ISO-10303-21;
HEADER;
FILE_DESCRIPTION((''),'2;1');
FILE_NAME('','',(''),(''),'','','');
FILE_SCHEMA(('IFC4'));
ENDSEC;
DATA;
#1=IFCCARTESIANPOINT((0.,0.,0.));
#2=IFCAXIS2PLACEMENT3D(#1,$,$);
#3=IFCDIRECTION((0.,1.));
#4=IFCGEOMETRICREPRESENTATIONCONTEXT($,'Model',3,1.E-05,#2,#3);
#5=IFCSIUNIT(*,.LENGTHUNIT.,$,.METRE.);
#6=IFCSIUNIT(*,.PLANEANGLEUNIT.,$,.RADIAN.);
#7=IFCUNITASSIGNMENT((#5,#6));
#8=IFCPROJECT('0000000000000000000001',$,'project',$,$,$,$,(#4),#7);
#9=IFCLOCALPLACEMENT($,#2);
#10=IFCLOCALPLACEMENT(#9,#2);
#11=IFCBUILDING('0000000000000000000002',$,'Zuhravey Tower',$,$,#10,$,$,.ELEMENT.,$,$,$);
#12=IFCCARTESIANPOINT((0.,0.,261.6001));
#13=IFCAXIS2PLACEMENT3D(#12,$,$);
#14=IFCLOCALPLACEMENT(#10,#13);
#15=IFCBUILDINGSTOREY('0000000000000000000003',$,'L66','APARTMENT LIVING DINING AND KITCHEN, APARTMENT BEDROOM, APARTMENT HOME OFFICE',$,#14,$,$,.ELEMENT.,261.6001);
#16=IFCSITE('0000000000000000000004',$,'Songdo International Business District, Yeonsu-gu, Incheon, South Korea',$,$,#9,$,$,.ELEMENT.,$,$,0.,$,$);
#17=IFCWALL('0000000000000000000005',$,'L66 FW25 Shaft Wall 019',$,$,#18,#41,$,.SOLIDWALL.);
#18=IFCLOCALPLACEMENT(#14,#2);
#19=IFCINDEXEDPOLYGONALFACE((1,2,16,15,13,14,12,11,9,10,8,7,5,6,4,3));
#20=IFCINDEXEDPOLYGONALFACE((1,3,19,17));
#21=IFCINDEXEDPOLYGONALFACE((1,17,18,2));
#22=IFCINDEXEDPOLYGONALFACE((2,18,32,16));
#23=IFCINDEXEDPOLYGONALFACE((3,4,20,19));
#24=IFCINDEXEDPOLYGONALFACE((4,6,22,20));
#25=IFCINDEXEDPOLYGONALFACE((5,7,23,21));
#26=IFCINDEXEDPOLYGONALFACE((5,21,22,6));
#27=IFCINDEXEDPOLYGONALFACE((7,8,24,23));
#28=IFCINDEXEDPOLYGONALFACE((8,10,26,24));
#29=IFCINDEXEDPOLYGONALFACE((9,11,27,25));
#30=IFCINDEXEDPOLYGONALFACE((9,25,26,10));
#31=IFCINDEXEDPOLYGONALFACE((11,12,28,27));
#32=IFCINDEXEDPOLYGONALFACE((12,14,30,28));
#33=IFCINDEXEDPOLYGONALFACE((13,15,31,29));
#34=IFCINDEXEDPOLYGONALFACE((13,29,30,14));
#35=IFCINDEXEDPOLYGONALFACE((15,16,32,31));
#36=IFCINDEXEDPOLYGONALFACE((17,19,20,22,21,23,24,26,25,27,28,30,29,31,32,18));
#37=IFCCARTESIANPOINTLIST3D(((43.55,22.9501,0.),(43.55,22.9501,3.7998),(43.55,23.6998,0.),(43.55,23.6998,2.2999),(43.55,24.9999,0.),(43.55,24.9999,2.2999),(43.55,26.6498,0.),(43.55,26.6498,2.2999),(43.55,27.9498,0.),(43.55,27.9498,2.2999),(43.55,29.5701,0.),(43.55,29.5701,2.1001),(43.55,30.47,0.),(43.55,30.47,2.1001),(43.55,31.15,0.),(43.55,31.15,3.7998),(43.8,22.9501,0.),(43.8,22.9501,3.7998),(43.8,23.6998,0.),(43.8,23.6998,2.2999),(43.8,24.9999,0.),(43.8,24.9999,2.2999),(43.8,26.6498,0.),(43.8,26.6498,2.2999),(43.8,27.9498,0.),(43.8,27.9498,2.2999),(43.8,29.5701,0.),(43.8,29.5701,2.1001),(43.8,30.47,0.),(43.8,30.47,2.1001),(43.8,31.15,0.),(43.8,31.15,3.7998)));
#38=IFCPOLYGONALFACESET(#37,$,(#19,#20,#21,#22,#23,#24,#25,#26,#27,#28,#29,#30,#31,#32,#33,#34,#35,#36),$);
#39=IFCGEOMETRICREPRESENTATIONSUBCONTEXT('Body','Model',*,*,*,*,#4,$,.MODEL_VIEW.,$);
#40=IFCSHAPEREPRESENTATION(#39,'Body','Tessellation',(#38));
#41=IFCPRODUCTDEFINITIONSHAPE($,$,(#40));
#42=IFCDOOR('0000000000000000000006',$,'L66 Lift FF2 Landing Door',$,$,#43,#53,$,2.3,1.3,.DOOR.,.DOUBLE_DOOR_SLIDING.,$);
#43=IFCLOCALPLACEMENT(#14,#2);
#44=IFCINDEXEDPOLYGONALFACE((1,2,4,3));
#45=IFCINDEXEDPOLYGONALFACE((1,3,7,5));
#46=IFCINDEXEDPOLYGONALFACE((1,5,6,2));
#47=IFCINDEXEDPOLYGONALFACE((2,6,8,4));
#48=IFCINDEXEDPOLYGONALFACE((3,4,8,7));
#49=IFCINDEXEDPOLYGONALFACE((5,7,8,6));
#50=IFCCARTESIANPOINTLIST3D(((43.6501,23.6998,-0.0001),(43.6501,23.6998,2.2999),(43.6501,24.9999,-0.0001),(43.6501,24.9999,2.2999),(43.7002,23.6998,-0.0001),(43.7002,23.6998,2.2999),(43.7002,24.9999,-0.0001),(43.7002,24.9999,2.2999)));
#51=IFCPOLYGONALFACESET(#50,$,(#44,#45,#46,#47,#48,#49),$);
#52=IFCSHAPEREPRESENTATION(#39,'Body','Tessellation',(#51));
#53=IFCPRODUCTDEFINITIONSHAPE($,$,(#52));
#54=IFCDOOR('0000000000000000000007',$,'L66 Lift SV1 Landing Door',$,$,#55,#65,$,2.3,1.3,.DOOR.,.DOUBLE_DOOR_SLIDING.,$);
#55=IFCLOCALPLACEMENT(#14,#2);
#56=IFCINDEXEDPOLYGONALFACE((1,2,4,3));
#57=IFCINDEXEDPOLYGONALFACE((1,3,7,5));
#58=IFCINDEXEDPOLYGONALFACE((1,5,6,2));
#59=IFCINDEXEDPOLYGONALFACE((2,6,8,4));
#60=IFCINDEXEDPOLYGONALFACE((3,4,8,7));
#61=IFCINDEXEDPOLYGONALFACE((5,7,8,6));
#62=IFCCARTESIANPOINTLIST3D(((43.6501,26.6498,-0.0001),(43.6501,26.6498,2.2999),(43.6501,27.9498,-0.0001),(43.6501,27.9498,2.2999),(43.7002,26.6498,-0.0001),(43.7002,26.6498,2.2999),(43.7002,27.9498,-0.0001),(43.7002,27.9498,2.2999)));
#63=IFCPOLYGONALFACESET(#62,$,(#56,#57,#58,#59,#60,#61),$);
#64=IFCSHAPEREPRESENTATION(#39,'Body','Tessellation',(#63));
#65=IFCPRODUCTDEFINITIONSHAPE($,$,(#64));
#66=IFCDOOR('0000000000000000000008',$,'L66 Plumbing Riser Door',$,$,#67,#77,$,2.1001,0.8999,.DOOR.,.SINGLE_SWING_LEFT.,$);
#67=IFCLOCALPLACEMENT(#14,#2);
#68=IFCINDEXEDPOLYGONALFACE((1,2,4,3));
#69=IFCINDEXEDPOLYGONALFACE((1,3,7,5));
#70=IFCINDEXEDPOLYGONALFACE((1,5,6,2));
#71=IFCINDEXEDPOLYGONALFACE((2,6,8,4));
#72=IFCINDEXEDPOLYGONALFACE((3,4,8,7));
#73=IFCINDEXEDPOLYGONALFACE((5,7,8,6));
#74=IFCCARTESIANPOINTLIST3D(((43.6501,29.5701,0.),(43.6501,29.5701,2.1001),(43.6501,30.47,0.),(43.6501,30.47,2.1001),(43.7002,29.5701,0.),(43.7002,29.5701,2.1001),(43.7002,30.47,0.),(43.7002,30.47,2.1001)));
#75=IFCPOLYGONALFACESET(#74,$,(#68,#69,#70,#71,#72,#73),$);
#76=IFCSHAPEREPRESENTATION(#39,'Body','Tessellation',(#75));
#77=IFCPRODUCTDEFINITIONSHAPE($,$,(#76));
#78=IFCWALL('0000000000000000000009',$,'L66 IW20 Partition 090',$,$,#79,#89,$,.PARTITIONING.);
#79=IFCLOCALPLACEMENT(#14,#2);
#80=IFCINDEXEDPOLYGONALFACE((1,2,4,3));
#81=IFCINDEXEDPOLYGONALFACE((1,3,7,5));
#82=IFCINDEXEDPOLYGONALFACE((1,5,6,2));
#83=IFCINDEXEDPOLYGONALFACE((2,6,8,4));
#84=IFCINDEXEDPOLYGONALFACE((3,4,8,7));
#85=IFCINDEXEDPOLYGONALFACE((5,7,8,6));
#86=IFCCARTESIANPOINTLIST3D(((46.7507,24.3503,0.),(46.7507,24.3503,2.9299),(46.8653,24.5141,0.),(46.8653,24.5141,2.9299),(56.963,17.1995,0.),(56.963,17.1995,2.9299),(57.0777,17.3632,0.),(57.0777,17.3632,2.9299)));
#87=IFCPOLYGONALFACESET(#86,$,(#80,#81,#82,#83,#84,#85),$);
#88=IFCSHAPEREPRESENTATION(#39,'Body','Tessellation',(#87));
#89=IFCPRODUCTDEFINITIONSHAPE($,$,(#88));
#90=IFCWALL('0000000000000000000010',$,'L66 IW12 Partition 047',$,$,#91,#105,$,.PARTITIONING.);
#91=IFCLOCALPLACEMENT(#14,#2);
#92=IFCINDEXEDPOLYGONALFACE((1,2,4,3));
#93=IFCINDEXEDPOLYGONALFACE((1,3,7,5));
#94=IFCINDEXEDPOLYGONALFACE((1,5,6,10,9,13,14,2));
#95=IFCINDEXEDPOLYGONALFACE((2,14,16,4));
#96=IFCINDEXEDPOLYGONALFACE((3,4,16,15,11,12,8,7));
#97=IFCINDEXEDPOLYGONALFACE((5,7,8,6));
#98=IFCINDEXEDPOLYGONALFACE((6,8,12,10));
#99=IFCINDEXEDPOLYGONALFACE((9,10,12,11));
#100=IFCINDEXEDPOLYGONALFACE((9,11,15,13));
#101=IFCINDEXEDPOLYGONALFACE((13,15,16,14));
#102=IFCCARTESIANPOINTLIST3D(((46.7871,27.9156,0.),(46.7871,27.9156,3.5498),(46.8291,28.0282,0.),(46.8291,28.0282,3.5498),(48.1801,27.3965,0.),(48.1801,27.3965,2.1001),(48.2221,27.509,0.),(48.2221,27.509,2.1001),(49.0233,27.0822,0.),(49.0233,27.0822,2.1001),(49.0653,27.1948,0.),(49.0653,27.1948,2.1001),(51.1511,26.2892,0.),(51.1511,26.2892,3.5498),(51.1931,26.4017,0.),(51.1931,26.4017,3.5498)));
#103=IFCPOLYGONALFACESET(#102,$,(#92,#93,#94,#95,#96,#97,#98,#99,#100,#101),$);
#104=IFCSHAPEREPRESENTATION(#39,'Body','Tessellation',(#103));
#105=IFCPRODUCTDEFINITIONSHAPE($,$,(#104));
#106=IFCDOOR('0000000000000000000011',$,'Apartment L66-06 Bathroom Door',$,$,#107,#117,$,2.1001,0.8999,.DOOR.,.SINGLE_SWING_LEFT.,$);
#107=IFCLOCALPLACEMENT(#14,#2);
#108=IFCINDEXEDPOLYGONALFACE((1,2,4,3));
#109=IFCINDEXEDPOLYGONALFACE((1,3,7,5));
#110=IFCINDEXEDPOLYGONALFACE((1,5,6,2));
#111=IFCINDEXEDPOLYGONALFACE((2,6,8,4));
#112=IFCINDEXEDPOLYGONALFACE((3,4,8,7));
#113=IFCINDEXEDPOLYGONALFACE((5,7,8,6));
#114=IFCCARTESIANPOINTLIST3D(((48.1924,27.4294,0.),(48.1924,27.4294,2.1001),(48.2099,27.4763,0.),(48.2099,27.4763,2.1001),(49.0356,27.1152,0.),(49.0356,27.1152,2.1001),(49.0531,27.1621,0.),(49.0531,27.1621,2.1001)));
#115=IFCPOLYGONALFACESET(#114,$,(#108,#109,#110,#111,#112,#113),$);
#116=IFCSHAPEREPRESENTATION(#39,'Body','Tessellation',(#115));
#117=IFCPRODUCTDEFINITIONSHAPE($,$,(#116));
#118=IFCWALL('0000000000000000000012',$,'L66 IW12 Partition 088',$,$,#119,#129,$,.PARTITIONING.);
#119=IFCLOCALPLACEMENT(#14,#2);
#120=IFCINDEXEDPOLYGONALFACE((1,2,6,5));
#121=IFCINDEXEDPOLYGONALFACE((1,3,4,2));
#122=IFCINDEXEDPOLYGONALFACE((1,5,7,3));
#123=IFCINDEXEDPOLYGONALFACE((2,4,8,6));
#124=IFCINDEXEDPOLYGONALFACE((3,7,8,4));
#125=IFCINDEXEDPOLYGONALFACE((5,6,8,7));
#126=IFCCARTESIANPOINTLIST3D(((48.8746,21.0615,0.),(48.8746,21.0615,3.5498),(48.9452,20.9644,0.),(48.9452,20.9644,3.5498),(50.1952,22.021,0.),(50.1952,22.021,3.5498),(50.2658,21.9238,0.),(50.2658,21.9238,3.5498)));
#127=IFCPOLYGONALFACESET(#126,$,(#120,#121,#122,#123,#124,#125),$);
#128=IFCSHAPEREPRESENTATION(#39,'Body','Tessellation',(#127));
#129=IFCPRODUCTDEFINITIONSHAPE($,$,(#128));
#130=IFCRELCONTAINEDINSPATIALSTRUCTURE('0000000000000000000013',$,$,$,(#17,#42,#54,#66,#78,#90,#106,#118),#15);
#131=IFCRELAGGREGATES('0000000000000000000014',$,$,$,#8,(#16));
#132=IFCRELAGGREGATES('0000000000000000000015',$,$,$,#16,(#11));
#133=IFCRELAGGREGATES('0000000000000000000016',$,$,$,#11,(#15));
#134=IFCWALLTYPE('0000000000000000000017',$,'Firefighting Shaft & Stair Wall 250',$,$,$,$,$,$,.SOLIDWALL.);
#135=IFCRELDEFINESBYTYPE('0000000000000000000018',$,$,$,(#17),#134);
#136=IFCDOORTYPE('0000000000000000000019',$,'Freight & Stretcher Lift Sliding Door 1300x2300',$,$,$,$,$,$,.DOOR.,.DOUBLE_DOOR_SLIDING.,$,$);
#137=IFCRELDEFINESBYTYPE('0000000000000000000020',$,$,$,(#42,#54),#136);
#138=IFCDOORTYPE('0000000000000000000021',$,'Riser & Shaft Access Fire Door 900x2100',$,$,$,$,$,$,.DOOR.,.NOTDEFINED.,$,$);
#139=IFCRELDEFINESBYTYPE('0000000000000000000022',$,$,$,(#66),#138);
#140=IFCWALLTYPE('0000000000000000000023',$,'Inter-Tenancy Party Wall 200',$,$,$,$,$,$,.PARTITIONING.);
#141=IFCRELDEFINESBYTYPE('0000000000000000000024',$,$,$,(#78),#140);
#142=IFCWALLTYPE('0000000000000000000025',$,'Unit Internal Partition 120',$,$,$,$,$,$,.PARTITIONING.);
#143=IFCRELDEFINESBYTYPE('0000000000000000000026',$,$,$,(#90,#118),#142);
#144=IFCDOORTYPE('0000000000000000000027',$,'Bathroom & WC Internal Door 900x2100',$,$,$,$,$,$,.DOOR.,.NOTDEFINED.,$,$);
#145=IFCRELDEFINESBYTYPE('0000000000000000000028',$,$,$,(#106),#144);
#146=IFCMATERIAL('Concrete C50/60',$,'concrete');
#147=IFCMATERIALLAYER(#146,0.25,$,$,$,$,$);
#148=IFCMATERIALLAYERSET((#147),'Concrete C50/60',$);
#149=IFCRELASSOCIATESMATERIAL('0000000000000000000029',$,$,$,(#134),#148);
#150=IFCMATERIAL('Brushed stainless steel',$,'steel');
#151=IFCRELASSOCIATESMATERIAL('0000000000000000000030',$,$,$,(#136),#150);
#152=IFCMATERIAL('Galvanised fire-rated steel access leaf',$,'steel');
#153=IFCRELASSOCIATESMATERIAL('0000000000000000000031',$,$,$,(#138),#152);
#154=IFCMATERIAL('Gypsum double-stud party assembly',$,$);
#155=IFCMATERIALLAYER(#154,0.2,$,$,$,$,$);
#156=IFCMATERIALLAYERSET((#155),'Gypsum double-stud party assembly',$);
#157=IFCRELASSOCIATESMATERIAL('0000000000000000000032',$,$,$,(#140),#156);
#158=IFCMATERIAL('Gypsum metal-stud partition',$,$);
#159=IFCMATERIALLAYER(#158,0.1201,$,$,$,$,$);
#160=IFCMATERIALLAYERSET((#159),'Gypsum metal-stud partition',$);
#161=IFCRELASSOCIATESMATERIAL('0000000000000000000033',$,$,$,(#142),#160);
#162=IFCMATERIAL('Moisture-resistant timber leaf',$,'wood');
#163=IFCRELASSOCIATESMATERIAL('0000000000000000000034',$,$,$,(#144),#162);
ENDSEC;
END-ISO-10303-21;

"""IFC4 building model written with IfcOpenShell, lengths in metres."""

from ifc_helpers import new_model, si_unit, direction, frame, frame_2d, origin, place, context, subcontext, project, spatial, rectangle, extrude, material, layer, layer_set, type_object, element, fill, save


model = new_model("IFC4")

# Units and contexts
model_context = context("Model", 3, precision=1e-05, world=origin(), true_north=direction((0.0, 1.0)))
body_context = subcontext(model_context, "Body", "Model", "MODEL_VIEW")
ifc_project = project(units=[si_unit("LENGTHUNIT", "METRE"), si_unit("PLANEANGLEUNIT", "RADIAN")], contexts=[model_context])

# Site, building, storey
site_placement = place(None, origin())
site = spatial("IfcSite", under=ifc_project, at=site_placement, Name="Songdo International Business District, Yeonsu-gu, Incheon, South Korea", CompositionType="ELEMENT", RefElevation=0.0)
building_placement = place(site_placement, origin())
building = spatial("IfcBuilding", under=site, at=building_placement, Name="Zuhravey Tower", CompositionType="ELEMENT")
storey_placement = place(building_placement, frame((0.0, 0.0, 261.6001)))
storey = spatial("IfcBuildingStorey", under=building, at=storey_placement, Name="L66", Description="APARTMENT LIVING DINING AND KITCHEN, APARTMENT BEDROOM, APARTMENT HOME OFFICE", CompositionType="ELEMENT", Elevation=261.6001)

# Shared definitions
ifc_material_1 = material(Name="Concrete C50/60", Category="concrete")

# Shared definitions
ifc_layer_1 = layer(ifc_material_1, 0.25)
ifc_layer_set_1 = layer_set([ifc_layer_1], Name="Concrete C50/60")
wall_type_1 = type_object("IfcWallType", Name="Firefighting Shaft & Stair Wall 250", PredefinedType="SOLIDWALL", material=ifc_layer_set_1)

# Wall, openings, doors
wall_1_placement = place(storey_placement, frame((43.675, 22.95, 0.0), z_axis=(0.0, 0.0, 1.0), x_axis=(0.0, 1.0, 0.0)))
wall_1 = element("IfcWall", 1, at=wall_1_placement, inside=storey, type_object=wall_type_1, Name="L66 FW25 Shaft Wall 019", PredefinedType="SOLIDWALL", context=body_context, shape_type="SweptSolid", body=[
    extrude(rectangle(XDim=8.2, YDim=0.25, at=frame_2d((4.1001, 0.0))), origin(), (0.0, 0.0, 1.0), 3.7998),
])
opening_1_placement = place(wall_1_placement, frame((0.75, 0.0, 0.0)))
opening_1 = element("IfcOpeningElement", 2, at=opening_1_placement, cuts=wall_1, PredefinedType="OPENING", context=body_context, shape_type="SweptSolid", body=[
    extrude(rectangle(XDim=1.3, YDim=2.3, at=frame_2d((0.6499, 1.1499))), frame((0.0, 0.137, 0.0), z_axis=(0.0, -1.0, 0.0), x_axis=(1.0, 0.0, 0.0)), (0.0, 0.0, 1.0), 0.2739),
])
opening_2_placement = place(wall_1_placement, frame((3.7, 0.0, 0.0)))
opening_2 = element("IfcOpeningElement", 3, at=opening_2_placement, cuts=wall_1, PredefinedType="OPENING", context=body_context, shape_type="SweptSolid", body=[
    extrude(rectangle(XDim=1.3, YDim=2.3, at=frame_2d((0.6499, 1.1499))), frame((0.0, 0.137, 0.0), z_axis=(0.0, -1.0, 0.0), x_axis=(1.0, 0.0, 0.0)), (0.0, 0.0, 1.0), 0.2739),
])
opening_3_placement = place(wall_1_placement, frame((6.6201, 0.0, 0.0)))
opening_3 = element("IfcOpeningElement", 4, at=opening_3_placement, cuts=wall_1, PredefinedType="OPENING", context=body_context, shape_type="SweptSolid", body=[
    extrude(rectangle(XDim=0.8999, YDim=2.1001, at=frame_2d((0.45, 1.05))), frame((0.0, 0.137, 0.0), z_axis=(0.0, -1.0, 0.0), x_axis=(1.0, 0.0, 0.0)), (0.0, 0.0, 1.0), 0.2739),
])
ifc_material_2 = material(Name="Brushed stainless steel", Category="steel")
door_type_1 = type_object("IfcDoorType", Name="Freight & Stretcher Lift Sliding Door 1300x2300", OperationType="DOUBLE_DOOR_SLIDING", PredefinedType="DOOR", material=ifc_material_2)
door_1_placement = place(opening_1_placement, origin())
door_1 = element("IfcDoor", 5, at=door_1_placement, inside=storey, type_object=door_type_1, Name="L66 Lift FF2 Landing Door", OperationType="DOUBLE_DOOR_SLIDING", OverallHeight=2.3, OverallWidth=1.3, PredefinedType="DOOR", context=body_context, shape_type="SweptSolid", body=[
    extrude(rectangle(XDim=1.3, YDim=2.3, at=frame_2d((0.6499, 1.1499))), frame((0.0, 0.0249, 0.0), z_axis=(0.0, -1.0, 0.0), x_axis=(1.0, 0.0, 0.0)), (0.0, 0.0, 1.0), 0.05),
])
fill(opening_1, door_1)
door_2_placement = place(opening_2_placement, origin())
door_2 = element("IfcDoor", 6, at=door_2_placement, inside=storey, type_object=door_type_1, Name="L66 Lift SV1 Landing Door", OperationType="DOUBLE_DOOR_SLIDING", OverallHeight=2.3, OverallWidth=1.3, PredefinedType="DOOR", context=body_context, shape_type="SweptSolid", body=[
    extrude(rectangle(XDim=1.3, YDim=2.3, at=frame_2d((0.6499, 1.1499))), frame((0.0, 0.0249, 0.0), z_axis=(0.0, -1.0, 0.0), x_axis=(1.0, 0.0, 0.0)), (0.0, 0.0, 1.0), 0.05),
])
fill(opening_2, door_2)
ifc_material_3 = material(Name="Galvanised fire-rated steel access leaf", Category="steel")
door_type_2 = type_object("IfcDoorType", Name="Riser & Shaft Access Fire Door 900x2100", OperationType="NOTDEFINED", PredefinedType="DOOR", material=ifc_material_3)
door_3_placement = place(opening_3_placement, origin())
door_3 = element("IfcDoor", 7, at=door_3_placement, inside=storey, type_object=door_type_2, Name="L66 Plumbing Riser Door", OperationType="SINGLE_SWING_LEFT", OverallHeight=2.1001, OverallWidth=0.8999, PredefinedType="DOOR", context=body_context, shape_type="SweptSolid", body=[
    extrude(rectangle(XDim=0.8999, YDim=2.1001, at=frame_2d((0.45, 1.05))), frame((0.0, 0.0249, 0.0), z_axis=(0.0, -1.0, 0.0), x_axis=(1.0, 0.0, 0.0)), (0.0, 0.0, 1.0), 0.05),
])
fill(opening_3, door_3)

# Wall
ifc_material_4 = material(Name="Gypsum double-stud party assembly")
ifc_layer_2 = layer(ifc_material_4, 0.2)
ifc_layer_set_2 = layer_set([ifc_layer_2], Name="Gypsum double-stud party assembly")
wall_type_2 = type_object("IfcWallType", Name="Inter-Tenancy Party Wall 200", PredefinedType="PARTITIONING", material=ifc_layer_set_2)
wall_2_placement = place(storey_placement, frame((46.8081, 24.4321, 0.0), z_axis=(0.0, 0.0, 1.0), x_axis=(0.819149, -0.573581, 0.0)))
element("IfcWall", 8, at=wall_2_placement, inside=storey, type_object=wall_type_2, Name="L66 IW20 Partition 090", PredefinedType="PARTITIONING", context=body_context, shape_type="SweptSolid", body=[
    extrude(rectangle(XDim=12.467, YDim=0.2, at=frame_2d((6.2334, 0.0))), origin(), (0.0, 0.0, 1.0), 2.9299),
])

# Wall, opening, door
ifc_material_5 = material(Name="Gypsum metal-stud partition")
ifc_layer_3 = layer(ifc_material_5, 0.1201)
ifc_layer_set_3 = layer_set([ifc_layer_3], Name="Gypsum metal-stud partition")
wall_type_3 = type_object("IfcWallType", Name="Unit Internal Partition 120", PredefinedType="PARTITIONING", material=ifc_layer_set_3)
wall_3_placement = place(storey_placement, frame((46.8081, 27.9719, 0.0), z_axis=(0.0, 0.0, 1.0), x_axis=(0.937036, -0.349233, 0.0)))
wall_3 = element("IfcWall", 9, at=wall_3_placement, inside=storey, type_object=wall_type_3, Name="L66 IW12 Partition 047", PredefinedType="PARTITIONING", context=body_context, shape_type="SweptSolid", body=[
    extrude(rectangle(XDim=4.6572, YDim=0.1201, at=frame_2d((2.3286, 0.0))), origin(), (0.0, 0.0, 1.0), 3.5498),
])
opening_4_placement = place(wall_3_placement, frame((1.4866, 0.0, 0.0)))
opening_4 = element("IfcOpeningElement", 10, at=opening_4_placement, cuts=wall_3, PredefinedType="OPENING", context=body_context, shape_type="SweptSolid", body=[
    extrude(rectangle(XDim=0.8999, YDim=2.1001, at=frame_2d((0.45, 1.05))), frame((0.0, 0.072, 0.0), z_axis=(0.0, -1.0, 0.0), x_axis=(1.0, 0.0, 0.0)), (0.0, 0.0, 1.0), 0.144),
])
ifc_material_6 = material(Name="Moisture-resistant timber leaf", Category="wood")
door_type_3 = type_object("IfcDoorType", Name="Bathroom & WC Internal Door 900x2100", OperationType="NOTDEFINED", PredefinedType="DOOR", material=ifc_material_6)
door_4_placement = place(opening_4_placement, frame((0.8999, 0.0, 0.0), z_axis=(0.0, 0.0, 1.0), x_axis=(-1.0, 0.0, 0.0)))
door_4 = element("IfcDoor", 11, at=door_4_placement, inside=storey, type_object=door_type_3, Name="Apartment L66-06 Bathroom Door", OperationType="SINGLE_SWING_LEFT", OverallHeight=2.1001, OverallWidth=0.8999, PredefinedType="DOOR", context=body_context, shape_type="SweptSolid", body=[
    extrude(rectangle(XDim=0.8999, YDim=2.1001, at=frame_2d((0.45, 1.05))), frame((0.0, 0.0249, 0.0), z_axis=(0.0, -1.0, 0.0), x_axis=(1.0, 0.0, 0.0)), (0.0, 0.0, 1.0), 0.05),
])
fill(opening_4, door_4)

# Wall
wall_4_placement = place(storey_placement, frame((48.9099, 21.0129, 0.0), z_axis=(0.0, 0.0, 1.0), x_axis=(0.809008, 0.587798, 0.0)))
element("IfcWall", 12, at=wall_4_placement, inside=storey, type_object=wall_type_3, Name="L66 IW12 Partition 088", PredefinedType="PARTITIONING", context=body_context, shape_type="SweptSolid", body=[
    extrude(rectangle(XDim=1.6323, YDim=0.1201, at=frame_2d((0.8162, 0.0))), origin(), (0.0, 0.0, 1.0), 3.5498),
])

save(model, "model.ifc")
